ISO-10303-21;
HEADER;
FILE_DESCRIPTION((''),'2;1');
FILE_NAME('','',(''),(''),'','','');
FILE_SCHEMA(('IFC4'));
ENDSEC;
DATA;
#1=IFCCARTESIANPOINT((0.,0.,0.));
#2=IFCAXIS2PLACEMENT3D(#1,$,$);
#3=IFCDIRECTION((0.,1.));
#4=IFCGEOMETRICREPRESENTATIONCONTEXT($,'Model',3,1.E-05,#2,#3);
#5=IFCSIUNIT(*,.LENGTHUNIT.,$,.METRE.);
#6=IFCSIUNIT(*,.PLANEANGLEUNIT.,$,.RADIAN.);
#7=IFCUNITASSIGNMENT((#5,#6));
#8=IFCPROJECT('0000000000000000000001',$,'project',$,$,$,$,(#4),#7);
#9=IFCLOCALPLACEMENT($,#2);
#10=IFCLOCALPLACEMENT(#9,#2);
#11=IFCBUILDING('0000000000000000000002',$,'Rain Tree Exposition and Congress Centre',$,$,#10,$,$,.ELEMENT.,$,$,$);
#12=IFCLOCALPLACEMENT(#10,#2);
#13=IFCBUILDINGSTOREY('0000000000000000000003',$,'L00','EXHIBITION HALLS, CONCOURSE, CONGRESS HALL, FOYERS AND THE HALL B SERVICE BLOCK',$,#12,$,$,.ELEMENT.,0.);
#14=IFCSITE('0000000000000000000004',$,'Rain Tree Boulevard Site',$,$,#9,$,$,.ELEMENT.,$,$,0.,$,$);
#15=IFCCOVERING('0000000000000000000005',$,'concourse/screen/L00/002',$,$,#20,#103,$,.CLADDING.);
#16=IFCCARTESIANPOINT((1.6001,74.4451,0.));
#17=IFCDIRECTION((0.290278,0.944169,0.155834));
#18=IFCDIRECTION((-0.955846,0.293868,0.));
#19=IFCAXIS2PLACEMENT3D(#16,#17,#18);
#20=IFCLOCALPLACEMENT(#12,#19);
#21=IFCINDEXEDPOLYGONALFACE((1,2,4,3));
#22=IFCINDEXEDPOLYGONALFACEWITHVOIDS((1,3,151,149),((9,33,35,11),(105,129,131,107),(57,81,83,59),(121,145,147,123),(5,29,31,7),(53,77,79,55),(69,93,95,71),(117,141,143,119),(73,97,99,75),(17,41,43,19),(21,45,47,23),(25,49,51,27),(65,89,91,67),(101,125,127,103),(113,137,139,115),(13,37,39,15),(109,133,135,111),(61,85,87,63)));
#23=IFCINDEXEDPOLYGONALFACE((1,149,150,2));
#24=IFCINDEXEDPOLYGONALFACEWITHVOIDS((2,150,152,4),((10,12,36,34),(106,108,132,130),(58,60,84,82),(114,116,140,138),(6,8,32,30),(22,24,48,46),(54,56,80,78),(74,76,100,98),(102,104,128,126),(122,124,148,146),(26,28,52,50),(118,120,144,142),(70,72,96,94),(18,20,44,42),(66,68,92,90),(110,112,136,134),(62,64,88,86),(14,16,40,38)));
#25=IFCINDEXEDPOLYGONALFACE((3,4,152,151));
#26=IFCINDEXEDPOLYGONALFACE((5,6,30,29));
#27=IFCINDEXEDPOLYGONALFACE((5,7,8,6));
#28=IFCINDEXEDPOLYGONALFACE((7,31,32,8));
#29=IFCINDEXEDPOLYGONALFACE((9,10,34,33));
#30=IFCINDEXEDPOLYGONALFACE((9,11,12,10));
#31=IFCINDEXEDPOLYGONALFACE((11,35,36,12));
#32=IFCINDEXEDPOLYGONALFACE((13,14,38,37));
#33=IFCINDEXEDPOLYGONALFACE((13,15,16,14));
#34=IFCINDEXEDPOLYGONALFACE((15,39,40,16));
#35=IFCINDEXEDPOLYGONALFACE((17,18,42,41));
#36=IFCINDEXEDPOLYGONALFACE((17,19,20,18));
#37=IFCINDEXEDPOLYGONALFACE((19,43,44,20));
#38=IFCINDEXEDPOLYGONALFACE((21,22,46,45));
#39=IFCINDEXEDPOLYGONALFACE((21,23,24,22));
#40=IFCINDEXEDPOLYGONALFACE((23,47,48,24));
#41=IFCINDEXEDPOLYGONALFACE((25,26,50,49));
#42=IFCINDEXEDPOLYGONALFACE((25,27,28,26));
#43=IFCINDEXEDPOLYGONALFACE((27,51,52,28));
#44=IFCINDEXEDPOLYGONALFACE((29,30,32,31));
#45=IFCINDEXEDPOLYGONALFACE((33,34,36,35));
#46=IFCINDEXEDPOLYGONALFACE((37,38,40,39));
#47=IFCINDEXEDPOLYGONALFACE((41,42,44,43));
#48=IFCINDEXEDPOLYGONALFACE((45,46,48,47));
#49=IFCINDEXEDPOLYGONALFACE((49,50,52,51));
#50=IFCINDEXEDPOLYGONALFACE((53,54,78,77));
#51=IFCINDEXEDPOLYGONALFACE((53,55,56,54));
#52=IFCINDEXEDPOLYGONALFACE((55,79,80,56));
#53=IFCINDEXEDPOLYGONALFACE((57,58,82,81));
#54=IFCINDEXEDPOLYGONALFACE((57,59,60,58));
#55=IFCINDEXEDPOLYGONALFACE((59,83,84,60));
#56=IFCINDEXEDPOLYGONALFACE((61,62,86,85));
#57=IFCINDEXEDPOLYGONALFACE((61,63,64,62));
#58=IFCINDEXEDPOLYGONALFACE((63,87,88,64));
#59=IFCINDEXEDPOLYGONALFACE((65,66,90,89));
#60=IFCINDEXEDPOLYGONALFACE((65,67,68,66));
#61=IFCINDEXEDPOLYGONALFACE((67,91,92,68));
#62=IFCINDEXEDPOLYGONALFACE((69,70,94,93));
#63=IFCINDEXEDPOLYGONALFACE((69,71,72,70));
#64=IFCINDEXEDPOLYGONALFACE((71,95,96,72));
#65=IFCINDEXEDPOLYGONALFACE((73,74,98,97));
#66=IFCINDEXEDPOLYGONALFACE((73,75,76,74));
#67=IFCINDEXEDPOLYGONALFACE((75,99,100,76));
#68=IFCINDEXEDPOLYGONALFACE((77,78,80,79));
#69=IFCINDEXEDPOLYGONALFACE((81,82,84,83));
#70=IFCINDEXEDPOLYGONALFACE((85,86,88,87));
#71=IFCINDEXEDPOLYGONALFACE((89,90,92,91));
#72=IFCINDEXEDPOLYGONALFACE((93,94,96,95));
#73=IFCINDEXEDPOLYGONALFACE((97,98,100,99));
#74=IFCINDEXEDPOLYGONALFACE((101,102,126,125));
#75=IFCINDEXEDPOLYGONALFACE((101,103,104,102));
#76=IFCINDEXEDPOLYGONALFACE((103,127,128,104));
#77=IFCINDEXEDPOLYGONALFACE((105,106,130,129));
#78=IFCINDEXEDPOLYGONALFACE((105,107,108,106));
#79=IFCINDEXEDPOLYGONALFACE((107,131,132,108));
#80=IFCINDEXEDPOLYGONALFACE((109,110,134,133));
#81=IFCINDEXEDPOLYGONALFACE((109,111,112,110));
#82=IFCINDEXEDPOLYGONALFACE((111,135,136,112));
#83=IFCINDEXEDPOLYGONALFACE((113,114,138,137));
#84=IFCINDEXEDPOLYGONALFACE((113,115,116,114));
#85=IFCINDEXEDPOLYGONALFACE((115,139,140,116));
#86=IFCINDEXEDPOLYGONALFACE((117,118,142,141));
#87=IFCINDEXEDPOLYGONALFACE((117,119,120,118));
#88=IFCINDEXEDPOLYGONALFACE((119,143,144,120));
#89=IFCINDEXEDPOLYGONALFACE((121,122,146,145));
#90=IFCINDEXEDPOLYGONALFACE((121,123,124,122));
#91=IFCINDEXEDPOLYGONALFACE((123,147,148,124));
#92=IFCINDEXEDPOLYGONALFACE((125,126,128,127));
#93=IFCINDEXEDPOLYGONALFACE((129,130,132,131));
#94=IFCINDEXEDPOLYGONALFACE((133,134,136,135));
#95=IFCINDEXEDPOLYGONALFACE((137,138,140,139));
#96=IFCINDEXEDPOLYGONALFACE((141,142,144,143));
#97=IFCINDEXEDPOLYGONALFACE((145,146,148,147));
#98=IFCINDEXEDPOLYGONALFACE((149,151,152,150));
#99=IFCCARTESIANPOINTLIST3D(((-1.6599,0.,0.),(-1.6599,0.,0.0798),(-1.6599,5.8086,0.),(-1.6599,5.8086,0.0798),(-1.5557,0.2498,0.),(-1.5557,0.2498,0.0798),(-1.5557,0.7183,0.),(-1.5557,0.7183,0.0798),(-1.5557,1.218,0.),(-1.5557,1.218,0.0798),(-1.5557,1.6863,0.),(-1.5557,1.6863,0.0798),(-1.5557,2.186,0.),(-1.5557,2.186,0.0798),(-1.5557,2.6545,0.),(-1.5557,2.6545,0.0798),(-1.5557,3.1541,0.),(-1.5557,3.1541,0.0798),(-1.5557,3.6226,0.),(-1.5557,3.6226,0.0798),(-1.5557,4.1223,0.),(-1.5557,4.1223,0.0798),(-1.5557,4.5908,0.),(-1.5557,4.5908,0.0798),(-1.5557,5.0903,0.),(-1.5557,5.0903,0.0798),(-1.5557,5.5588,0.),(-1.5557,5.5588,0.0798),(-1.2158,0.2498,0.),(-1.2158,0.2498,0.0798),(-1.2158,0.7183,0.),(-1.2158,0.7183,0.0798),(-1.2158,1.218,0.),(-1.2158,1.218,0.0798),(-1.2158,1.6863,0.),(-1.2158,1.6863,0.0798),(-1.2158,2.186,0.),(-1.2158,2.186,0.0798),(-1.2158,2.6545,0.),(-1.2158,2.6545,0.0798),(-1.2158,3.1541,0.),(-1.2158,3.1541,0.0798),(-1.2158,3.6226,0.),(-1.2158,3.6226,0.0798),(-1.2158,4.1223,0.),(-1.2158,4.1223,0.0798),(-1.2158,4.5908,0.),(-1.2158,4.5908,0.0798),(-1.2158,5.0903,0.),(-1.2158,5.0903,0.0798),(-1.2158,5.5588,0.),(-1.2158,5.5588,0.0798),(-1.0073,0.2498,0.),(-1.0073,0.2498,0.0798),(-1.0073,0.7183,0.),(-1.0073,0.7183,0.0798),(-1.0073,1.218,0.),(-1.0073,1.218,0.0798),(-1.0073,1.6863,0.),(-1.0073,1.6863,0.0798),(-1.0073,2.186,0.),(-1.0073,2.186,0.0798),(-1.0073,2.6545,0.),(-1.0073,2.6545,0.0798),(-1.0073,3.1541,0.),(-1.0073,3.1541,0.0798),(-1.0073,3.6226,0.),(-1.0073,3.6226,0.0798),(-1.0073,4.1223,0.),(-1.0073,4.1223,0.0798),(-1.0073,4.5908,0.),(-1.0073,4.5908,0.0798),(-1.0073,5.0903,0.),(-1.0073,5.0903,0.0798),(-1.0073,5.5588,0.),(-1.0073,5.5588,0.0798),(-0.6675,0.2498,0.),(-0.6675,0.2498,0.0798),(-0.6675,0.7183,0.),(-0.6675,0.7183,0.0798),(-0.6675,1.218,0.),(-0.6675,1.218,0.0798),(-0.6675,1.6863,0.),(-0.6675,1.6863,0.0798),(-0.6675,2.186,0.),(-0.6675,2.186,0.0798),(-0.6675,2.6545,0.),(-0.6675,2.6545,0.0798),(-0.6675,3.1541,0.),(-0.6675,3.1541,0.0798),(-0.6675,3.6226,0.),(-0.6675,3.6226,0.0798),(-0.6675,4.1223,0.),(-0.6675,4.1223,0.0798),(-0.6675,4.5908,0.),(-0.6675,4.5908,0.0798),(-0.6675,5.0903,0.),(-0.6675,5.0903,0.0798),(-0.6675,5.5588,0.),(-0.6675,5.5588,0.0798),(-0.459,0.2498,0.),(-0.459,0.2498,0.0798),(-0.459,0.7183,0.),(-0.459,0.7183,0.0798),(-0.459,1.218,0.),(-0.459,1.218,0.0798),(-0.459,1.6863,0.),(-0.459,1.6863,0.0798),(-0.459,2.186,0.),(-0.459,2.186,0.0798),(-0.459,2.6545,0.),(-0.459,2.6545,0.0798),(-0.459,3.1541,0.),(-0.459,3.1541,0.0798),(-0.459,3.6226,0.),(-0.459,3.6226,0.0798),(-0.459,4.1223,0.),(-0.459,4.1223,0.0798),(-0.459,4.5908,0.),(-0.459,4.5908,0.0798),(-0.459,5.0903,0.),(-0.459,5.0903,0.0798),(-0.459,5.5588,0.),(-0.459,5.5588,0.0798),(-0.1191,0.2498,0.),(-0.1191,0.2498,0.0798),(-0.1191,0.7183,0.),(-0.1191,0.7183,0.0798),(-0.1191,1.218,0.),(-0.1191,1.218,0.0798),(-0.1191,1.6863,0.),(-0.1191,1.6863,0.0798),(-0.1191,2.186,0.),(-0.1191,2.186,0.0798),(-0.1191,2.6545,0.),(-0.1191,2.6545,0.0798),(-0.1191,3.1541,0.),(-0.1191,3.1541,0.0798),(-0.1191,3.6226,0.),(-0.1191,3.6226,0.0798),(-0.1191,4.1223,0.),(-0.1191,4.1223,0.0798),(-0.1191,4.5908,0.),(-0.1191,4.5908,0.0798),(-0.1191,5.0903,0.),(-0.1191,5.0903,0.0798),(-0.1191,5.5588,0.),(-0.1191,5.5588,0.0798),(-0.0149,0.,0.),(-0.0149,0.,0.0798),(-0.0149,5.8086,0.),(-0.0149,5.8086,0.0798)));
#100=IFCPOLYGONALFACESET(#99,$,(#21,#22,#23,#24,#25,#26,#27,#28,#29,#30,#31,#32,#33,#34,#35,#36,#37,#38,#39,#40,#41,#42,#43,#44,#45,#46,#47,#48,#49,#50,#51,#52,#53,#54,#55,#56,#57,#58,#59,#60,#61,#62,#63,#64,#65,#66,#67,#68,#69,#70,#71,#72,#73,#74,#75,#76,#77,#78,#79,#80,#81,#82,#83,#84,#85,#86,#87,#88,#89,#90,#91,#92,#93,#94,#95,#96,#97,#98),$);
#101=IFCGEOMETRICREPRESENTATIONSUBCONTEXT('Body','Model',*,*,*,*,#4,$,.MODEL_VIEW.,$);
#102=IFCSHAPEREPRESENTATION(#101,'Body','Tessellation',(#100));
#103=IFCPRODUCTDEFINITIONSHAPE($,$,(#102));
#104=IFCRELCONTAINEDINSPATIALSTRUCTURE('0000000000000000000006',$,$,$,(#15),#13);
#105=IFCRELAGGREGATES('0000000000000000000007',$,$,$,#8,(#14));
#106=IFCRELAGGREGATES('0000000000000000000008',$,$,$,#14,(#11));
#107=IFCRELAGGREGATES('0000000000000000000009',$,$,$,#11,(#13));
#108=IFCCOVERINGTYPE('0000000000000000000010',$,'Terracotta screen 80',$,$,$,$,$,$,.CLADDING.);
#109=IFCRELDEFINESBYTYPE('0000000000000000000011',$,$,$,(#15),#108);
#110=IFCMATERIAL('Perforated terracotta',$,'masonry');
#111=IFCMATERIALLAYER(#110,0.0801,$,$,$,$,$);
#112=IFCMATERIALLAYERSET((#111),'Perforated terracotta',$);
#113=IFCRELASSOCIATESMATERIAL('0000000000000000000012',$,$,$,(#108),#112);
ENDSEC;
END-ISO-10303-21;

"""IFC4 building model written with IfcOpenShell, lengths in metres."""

from ifc_helpers import new_model, si_unit, direction, frame, origin, place, context, subcontext, project, spatial, polyline, outline, extrude, material, layer, layer_set, type_object, element, save


model = new_model("IFC4")

# Units and contexts
model_context = context("Model", 3, precision=1e-05, world=origin(), true_north=direction((0.0, 1.0)))
body_context = subcontext(model_context, "Body", "Model", "MODEL_VIEW")
ifc_project = project(units=[si_unit("LENGTHUNIT", "METRE"), si_unit("PLANEANGLEUNIT", "RADIAN")], contexts=[model_context])

# Site, building, storey
site_placement = place(None, origin())
site = spatial("IfcSite", under=ifc_project, at=site_placement, Name="Rain Tree Boulevard Site", CompositionType="ELEMENT", RefElevation=0.0)
building_placement = place(site_placement, origin())
building = spatial("IfcBuilding", under=site, at=building_placement, Name="Rain Tree Exposition and Congress Centre", CompositionType="ELEMENT")
storey_placement = place(building_placement, origin())
storey = spatial("IfcBuildingStorey", under=building, at=storey_placement, Name="L00", Description="EXHIBITION HALLS, CONCOURSE, CONGRESS HALL, FOYERS AND THE HALL B SERVICE BLOCK", CompositionType="ELEMENT", Elevation=0.0)

# Covering
ifc_material_1 = material(Name="Perforated terracotta", Category="masonry")
ifc_layer_1 = layer(ifc_material_1, 0.0801)
ifc_layer_set_1 = layer_set([ifc_layer_1], Name="Perforated terracotta")
covering_type = type_object("IfcCoveringType", Name="Terracotta screen 80", PredefinedType="CLADDING", material=ifc_layer_set_1)
covering_1_placement = place(storey_placement, frame((1.6001, 74.4451, 0.0), z_axis=(0.290278, 0.944169, 0.155834), x_axis=(-0.955846, 0.293868, 0.0)))
element("IfcCovering", 1, at=covering_1_placement, inside=storey, type_object=covering_type, Name="concourse/screen/L00/002", PredefinedType="CLADDING", context=body_context, shape_type="SweptSolid", body=[
    extrude(outline(polyline([(-0.0149, 0.0), (-1.6599, 0.0), (-1.6599, 5.8086), (-0.0149, 5.8086), (-0.0149, 0.0)]), holes=[polyline([(-0.1191, 0.2498), (-0.1191, 0.7183), (-0.459, 0.7183), (-0.459, 0.2498), (-0.1191, 0.2498)]), polyline([(-0.1191, 1.218), (-0.1191, 1.6863), (-0.459, 1.6863), (-0.459, 1.218), (-0.1191, 1.218)]), polyline([(-0.1191, 2.186), (-0.1191, 2.6545), (-0.459, 2.6545), (-0.459, 2.186), (-0.1191, 2.186)]), polyline([(-0.1191, 3.1541), (-0.1191, 3.6226), (-0.459, 3.6226), (-0.459, 3.1541), (-0.1191, 3.1541)]), polyline([(-0.1191, 4.1223), (-0.1191, 4.5908), (-0.459, 4.5908), (-0.459, 4.1223), (-0.1191, 4.1223)]), polyline([(-0.1191, 5.0903), (-0.1191, 5.5588), (-0.459, 5.5588), (-0.459, 5.0903), (-0.1191, 5.0903)]), polyline([(-0.6675, 0.2498), (-0.6675, 0.7183), (-1.0073, 0.7183), (-1.0073, 0.2498), (-0.6675, 0.2498)]), polyline([(-0.6675, 1.218), (-0.6675, 1.6863), (-1.0073, 1.6863), (-1.0073, 1.218), (-0.6675, 1.218)]), polyline([(-0.6675, 2.186), (-0.6675, 2.6545), (-1.0073, 2.6545), (-1.0073, 2.186), (-0.6675, 2.186)]), polyline([(-0.6675, 3.1541), (-0.6675, 3.6226), (-1.0073, 3.6226), (-1.0073, 3.1541), (-0.6675, 3.1541)]), polyline([(-0.6675, 4.1223), (-0.6675, 4.5908), (-1.0073, 4.5908), (-1.0073, 4.1223), (-0.6675, 4.1223)]), polyline([(-0.6675, 5.0903), (-0.6675, 5.5588), (-1.0073, 5.5588), (-1.0073, 5.0903), (-0.6675, 5.0903)]), polyline([(-1.2158, 0.2498), (-1.2158, 0.7183), (-1.5557, 0.7183), (-1.5557, 0.2498), (-1.2158, 0.2498)]), polyline([(-1.2158, 1.218), (-1.2158, 1.6863), (-1.5557, 1.6863), (-1.5557, 1.218), (-1.2158, 1.218)]), polyline([(-1.2158, 2.186), (-1.2158, 2.6545), (-1.5557, 2.6545), (-1.5557, 2.186), (-1.2158, 2.186)]), polyline([(-1.2158, 3.1541), (-1.2158, 3.6226), (-1.5557, 3.6226), (-1.5557, 3.1541), (-1.2158, 3.1541)]), polyline([(-1.2158, 4.1223), (-1.2158, 4.5908), (-1.5557, 4.5908), (-1.5557, 4.1223), (-1.2158, 4.1223)]), polyline([(-1.2158, 5.0903), (-1.2158, 5.5588), (-1.5557, 5.5588), (-1.5557, 5.0903), (-1.2158, 5.0903)])]), origin(), (0.0, 0.0, 1.0), 0.0798),
])

save(model, "model.ifc")
